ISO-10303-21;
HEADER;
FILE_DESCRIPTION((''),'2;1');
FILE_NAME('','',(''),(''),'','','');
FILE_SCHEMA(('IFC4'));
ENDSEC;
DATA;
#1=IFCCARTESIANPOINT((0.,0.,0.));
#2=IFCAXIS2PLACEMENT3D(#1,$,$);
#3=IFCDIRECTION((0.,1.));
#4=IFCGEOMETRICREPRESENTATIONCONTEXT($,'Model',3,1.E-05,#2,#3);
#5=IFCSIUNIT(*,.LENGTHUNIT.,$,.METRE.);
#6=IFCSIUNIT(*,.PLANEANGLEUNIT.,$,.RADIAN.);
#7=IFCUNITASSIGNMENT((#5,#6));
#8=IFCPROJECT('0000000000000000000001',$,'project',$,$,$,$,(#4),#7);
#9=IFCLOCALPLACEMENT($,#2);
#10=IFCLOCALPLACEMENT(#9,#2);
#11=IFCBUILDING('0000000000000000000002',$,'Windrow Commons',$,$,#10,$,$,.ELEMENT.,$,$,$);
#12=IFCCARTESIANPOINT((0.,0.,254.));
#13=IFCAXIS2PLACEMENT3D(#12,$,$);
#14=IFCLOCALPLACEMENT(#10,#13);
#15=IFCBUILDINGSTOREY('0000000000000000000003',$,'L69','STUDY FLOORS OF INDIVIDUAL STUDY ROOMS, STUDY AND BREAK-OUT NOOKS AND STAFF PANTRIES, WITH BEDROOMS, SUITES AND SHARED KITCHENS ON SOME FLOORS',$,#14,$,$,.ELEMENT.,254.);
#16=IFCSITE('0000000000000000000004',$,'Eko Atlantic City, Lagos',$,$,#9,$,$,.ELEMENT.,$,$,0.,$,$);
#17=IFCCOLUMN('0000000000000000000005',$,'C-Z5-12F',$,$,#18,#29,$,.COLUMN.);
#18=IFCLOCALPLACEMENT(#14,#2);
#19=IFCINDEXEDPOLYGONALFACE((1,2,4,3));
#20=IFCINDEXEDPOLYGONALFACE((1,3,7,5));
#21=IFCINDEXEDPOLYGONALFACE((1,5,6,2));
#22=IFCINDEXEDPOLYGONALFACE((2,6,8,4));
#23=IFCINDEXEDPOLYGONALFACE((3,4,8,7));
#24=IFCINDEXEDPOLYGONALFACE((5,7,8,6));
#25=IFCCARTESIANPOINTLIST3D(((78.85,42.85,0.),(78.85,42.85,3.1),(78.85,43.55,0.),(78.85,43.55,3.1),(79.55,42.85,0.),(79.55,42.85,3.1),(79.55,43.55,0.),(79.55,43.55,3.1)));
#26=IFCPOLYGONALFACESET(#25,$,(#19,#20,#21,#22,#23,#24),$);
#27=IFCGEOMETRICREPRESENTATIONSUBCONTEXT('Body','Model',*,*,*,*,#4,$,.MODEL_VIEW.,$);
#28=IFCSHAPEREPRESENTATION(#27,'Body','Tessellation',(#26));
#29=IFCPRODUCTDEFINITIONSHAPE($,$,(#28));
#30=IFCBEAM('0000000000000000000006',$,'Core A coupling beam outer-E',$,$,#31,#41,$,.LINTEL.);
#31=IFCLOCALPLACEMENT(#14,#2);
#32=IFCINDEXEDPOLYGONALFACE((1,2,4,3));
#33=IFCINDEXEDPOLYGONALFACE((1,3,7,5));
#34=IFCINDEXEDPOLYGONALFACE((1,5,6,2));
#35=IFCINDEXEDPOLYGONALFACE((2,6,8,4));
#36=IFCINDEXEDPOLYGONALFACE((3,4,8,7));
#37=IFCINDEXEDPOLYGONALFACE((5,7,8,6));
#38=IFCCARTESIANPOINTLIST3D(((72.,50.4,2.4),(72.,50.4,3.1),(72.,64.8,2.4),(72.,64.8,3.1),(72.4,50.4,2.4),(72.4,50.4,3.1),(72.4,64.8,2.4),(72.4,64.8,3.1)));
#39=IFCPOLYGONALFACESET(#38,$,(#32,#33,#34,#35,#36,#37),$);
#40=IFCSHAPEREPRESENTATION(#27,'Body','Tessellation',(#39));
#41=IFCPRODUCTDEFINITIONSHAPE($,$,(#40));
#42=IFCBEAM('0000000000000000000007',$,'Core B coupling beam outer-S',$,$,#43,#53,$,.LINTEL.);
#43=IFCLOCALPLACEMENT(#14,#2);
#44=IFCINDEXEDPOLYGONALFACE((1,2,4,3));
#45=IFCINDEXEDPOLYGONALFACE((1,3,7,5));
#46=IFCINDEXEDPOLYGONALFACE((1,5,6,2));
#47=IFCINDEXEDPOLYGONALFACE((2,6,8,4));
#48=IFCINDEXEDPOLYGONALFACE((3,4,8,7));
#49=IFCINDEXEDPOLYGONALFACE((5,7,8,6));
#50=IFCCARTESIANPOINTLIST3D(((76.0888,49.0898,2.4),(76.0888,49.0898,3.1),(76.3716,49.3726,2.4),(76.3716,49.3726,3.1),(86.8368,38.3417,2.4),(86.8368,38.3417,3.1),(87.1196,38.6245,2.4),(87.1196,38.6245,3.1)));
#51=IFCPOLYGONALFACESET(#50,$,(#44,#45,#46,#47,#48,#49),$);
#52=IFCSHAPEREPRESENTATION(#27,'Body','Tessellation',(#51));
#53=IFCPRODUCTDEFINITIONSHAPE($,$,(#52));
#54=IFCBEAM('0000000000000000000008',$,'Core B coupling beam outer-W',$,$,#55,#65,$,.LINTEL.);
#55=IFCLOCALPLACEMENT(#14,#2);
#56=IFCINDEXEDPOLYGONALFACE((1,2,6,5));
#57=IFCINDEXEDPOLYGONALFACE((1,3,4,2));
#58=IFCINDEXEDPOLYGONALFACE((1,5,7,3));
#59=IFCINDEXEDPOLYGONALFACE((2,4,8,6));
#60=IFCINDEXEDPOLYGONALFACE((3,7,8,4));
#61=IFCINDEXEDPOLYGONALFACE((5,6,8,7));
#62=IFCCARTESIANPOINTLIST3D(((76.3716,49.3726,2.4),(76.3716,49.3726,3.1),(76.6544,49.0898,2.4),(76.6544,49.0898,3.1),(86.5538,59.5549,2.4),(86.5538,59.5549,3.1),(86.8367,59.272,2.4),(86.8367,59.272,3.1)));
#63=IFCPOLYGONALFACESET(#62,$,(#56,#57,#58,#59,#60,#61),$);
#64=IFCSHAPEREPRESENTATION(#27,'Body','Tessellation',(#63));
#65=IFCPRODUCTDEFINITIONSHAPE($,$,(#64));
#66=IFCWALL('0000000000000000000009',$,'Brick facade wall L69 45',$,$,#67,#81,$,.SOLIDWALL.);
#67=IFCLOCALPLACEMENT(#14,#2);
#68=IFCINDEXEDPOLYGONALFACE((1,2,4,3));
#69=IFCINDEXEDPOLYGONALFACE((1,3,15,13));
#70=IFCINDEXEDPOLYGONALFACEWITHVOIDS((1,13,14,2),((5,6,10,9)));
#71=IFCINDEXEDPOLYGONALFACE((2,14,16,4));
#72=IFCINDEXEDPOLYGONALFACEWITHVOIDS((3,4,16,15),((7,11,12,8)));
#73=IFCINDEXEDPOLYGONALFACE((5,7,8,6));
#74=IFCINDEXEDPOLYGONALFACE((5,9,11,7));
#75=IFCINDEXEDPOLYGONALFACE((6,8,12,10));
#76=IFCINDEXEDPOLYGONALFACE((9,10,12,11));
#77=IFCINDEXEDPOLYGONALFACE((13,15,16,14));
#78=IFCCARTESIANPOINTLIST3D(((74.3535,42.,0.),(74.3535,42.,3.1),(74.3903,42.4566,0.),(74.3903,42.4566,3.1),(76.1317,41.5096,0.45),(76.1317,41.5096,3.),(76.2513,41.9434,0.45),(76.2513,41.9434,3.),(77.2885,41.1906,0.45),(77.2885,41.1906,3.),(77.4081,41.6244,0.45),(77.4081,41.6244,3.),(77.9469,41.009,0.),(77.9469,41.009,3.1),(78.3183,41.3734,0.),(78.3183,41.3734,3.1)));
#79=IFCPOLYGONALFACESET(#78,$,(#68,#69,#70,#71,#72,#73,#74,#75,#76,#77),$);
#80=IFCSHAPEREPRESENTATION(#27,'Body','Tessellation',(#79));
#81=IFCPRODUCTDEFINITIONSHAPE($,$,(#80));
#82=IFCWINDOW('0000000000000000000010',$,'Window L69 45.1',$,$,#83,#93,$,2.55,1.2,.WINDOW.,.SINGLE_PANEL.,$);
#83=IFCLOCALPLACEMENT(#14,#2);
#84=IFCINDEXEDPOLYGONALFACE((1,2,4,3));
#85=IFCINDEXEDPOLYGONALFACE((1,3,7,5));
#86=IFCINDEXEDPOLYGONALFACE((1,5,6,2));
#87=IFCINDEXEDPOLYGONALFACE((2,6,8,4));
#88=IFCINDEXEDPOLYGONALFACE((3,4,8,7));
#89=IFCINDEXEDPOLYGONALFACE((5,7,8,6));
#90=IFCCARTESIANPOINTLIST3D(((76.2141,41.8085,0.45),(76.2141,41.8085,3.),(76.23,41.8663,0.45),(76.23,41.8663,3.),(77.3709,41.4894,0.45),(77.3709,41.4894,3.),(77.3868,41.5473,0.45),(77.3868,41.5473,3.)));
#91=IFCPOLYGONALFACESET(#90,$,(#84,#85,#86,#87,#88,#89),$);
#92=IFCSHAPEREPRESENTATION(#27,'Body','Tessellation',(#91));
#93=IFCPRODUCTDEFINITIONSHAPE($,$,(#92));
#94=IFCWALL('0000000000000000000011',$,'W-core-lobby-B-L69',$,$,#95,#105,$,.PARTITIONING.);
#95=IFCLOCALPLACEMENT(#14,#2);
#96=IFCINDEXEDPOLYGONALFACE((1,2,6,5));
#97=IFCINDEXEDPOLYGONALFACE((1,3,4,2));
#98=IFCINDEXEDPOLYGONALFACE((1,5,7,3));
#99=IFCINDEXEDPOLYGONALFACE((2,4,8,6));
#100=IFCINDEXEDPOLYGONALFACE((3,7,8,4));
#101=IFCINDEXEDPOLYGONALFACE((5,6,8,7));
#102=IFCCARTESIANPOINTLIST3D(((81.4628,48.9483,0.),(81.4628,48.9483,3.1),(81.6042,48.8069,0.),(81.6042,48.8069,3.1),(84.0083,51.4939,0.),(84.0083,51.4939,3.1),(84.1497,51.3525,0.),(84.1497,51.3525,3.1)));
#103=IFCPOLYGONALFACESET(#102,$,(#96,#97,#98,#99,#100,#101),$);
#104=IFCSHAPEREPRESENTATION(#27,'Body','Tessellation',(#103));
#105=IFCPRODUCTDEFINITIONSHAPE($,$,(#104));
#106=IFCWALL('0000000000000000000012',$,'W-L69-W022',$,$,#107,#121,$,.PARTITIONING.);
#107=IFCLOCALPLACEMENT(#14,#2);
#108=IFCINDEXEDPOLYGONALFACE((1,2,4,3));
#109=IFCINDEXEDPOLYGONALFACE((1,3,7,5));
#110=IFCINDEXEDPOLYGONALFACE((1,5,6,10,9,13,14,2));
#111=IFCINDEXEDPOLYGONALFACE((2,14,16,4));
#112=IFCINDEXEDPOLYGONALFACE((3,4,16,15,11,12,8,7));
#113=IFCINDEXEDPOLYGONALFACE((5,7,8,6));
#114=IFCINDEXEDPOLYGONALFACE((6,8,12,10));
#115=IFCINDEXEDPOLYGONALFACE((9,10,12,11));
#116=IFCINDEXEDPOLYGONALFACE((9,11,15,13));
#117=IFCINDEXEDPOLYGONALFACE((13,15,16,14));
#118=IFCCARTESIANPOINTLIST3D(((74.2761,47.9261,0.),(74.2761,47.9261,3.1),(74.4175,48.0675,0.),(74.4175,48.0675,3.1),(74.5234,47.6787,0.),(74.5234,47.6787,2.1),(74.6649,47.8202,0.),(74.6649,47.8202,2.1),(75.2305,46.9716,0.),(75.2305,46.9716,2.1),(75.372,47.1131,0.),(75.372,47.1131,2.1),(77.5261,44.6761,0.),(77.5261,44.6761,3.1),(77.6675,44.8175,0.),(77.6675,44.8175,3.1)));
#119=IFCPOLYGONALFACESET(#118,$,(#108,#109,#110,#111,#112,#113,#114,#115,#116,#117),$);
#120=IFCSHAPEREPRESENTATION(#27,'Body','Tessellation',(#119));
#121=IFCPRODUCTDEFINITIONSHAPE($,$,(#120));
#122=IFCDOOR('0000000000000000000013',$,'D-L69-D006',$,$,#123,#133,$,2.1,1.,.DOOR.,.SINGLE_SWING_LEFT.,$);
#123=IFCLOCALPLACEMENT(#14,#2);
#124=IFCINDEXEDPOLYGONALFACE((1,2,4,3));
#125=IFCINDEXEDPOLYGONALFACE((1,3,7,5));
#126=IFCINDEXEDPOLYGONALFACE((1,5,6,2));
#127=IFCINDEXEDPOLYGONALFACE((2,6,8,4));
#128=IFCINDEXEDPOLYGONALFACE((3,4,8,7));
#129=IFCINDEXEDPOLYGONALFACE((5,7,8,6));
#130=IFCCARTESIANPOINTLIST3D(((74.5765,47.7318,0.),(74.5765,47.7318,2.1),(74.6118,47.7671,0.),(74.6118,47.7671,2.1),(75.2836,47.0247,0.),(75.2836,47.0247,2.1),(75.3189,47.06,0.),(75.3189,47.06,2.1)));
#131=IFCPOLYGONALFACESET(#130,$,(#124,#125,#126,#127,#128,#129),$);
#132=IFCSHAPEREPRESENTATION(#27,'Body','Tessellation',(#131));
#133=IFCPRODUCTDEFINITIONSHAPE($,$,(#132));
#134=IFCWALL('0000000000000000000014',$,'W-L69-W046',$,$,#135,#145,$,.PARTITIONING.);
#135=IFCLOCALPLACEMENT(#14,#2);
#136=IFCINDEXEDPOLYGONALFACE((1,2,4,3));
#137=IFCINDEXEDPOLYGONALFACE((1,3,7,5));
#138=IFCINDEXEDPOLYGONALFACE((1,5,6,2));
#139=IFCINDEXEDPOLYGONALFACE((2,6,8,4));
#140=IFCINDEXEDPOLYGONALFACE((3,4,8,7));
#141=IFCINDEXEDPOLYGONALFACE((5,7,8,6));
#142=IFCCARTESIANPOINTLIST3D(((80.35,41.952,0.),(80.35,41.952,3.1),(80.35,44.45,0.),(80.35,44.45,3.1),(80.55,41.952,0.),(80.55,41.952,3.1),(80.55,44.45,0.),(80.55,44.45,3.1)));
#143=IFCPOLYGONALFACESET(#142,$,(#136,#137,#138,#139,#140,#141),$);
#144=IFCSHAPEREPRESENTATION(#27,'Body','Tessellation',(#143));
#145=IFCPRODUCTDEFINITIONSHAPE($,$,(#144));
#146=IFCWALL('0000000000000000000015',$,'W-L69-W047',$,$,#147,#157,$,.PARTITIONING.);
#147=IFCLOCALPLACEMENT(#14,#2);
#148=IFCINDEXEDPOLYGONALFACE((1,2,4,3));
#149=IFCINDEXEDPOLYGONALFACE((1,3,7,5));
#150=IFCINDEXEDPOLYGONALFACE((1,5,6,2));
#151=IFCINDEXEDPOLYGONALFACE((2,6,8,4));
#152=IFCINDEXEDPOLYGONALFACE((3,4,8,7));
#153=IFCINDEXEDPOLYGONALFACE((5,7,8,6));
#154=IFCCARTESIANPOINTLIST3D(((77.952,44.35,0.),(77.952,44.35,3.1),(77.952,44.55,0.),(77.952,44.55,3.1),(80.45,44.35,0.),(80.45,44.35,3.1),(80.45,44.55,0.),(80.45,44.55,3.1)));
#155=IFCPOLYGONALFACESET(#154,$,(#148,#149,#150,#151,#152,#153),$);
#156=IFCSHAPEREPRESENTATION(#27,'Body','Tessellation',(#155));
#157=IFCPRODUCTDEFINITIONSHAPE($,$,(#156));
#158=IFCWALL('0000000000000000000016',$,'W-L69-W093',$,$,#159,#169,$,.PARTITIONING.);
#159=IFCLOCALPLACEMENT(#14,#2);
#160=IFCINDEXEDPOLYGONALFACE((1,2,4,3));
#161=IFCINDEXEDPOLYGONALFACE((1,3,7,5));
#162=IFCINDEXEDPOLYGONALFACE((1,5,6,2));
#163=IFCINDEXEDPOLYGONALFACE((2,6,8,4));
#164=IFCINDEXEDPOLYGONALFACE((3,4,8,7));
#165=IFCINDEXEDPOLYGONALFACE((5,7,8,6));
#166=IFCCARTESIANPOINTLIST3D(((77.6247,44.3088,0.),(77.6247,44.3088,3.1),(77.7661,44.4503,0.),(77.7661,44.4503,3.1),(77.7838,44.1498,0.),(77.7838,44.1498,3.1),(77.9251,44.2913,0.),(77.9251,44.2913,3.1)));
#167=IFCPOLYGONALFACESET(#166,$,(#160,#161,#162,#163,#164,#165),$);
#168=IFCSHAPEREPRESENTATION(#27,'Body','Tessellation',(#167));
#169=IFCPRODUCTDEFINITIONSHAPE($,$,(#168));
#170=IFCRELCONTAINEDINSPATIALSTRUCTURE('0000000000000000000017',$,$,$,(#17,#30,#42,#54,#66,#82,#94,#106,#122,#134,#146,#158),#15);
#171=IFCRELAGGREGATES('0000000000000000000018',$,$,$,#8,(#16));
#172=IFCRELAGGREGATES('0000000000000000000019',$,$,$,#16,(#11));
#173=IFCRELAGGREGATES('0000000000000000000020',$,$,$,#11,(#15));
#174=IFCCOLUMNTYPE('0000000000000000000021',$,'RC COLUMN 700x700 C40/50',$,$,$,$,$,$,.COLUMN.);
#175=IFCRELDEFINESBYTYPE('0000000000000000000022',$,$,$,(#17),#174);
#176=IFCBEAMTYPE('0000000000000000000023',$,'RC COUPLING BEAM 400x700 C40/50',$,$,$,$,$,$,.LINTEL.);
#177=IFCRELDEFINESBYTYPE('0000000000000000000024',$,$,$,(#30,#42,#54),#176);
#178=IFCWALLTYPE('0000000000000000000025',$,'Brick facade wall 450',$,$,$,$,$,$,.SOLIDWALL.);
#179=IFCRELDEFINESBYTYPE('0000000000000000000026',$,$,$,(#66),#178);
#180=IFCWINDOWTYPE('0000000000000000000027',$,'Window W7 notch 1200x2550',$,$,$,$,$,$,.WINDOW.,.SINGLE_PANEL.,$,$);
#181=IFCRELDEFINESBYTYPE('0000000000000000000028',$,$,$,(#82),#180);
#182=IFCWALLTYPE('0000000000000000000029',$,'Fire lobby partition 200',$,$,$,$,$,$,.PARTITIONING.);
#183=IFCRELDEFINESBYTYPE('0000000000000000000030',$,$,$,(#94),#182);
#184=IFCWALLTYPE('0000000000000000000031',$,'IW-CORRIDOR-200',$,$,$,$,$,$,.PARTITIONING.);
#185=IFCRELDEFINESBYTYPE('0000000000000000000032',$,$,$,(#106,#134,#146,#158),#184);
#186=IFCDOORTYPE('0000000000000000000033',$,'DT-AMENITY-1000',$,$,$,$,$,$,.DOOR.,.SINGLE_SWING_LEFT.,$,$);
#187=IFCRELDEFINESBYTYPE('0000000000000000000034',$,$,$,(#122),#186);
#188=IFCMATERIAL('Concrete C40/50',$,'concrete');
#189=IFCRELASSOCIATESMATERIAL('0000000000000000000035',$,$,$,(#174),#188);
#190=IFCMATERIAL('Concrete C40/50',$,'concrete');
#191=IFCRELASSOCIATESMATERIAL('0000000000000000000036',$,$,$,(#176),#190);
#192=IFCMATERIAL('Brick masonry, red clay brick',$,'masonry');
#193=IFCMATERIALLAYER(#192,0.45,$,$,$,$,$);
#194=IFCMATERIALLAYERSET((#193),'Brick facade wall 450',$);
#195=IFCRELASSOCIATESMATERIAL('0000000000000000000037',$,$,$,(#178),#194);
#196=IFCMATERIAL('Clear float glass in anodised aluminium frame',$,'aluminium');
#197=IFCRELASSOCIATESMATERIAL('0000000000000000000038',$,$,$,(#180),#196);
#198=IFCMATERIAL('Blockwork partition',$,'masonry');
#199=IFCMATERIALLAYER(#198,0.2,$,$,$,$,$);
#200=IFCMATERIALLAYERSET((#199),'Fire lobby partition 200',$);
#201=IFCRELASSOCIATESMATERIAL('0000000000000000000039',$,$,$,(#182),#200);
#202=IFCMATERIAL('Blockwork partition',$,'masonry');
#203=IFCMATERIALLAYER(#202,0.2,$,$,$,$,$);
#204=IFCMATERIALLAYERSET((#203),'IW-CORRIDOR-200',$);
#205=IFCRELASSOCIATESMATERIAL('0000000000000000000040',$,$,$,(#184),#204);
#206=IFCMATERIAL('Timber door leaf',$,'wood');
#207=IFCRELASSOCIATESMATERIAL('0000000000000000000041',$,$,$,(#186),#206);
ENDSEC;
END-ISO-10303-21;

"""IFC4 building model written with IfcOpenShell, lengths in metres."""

from ifc_helpers import new_model, si_unit, direction, frame, frame_2d, origin, origin_2d, place, context, subcontext, project, spatial, polyline, rectangle, outline, extrude, material, layer, layer_set, material_profile, profile_set, type_object, element, fill, save


model = new_model("IFC4")

# Units and contexts
model_context = context("Model", 3, precision=1e-05, world=origin(), true_north=direction((0.0, 1.0)))
body_context = subcontext(model_context, "Body", "Model", "MODEL_VIEW")
ifc_project = project(units=[si_unit("LENGTHUNIT", "METRE"), si_unit("PLANEANGLEUNIT", "RADIAN")], contexts=[model_context])

# Site, building, storey
site_placement = place(None, origin())
site = spatial("IfcSite", under=ifc_project, at=site_placement, Name="Eko Atlantic City, Lagos", CompositionType="ELEMENT", RefElevation=0.0)
building_placement = place(site_placement, origin())
building = spatial("IfcBuilding", under=site, at=building_placement, Name="Windrow Commons", CompositionType="ELEMENT")
storey_placement = place(building_placement, frame((0.0, 0.0, 254.0)))
storey = spatial("IfcBuildingStorey", under=building, at=storey_placement, Name="L69", Description="STUDY FLOORS OF INDIVIDUAL STUDY ROOMS, STUDY AND BREAK-OUT NOOKS AND STAFF PANTRIES, WITH BEDROOMS, SUITES AND SHARED KITCHENS ON SOME FLOORS", CompositionType="ELEMENT", Elevation=254.0)

# Column
ifc_material_1 = material(Name="Concrete C40/50", Category="concrete")
ifc_material_profile_1 = material_profile(ifc_material_1, rectangle(XDim=0.7, YDim=0.7, at=origin_2d()))
ifc_profile_set_1 = profile_set([ifc_material_profile_1], Name="Concrete C40/50")
column_type = type_object("IfcColumnType", Name="RC COLUMN 700x700 C40/50", PredefinedType="COLUMN", material=ifc_profile_set_1)
column_placement = place(storey_placement, frame((79.2, 43.2, 0.0), z_axis=(0.0, 0.0, 1.0), x_axis=(1.0, 0.0, 0.0)))
element("IfcColumn", 1, at=column_placement, inside=storey, type_object=column_type, Name="C-Z5-12F", PredefinedType="COLUMN", context=body_context, shape_type="SweptSolid", body=[
    extrude(rectangle(XDim=0.7, YDim=0.7, at=origin_2d()), origin(), (0.0, 0.0, 1.0), 3.1),
])

# Beams
ifc_material_2 = material(Name="Concrete C40/50", Category="concrete")
ifc_material_profile_2 = material_profile(ifc_material_2, rectangle(XDim=0.4, YDim=0.7, at=origin_2d()))
ifc_profile_set_2 = profile_set([ifc_material_profile_2], Name="Concrete C40/50")
beam_type = type_object("IfcBeamType", Name="RC COUPLING BEAM 400x700 C40/50", PredefinedType="LINTEL", material=ifc_profile_set_2)
beam_1_placement = place(storey_placement, frame((72.2, 50.4, 2.75), z_axis=(0.0, 1.0, 0.0), x_axis=(-1.0, 0.0, 0.0)))
element("IfcBeam", 2, at=beam_1_placement, inside=storey, type_object=beam_type, Name="Core A coupling beam outer-E", PredefinedType="LINTEL", context=body_context, shape_type="SweptSolid", body=[
    extrude(rectangle(XDim=0.4, YDim=0.7, at=origin_2d()), origin(), (0.0, 0.0, 1.0), 14.4),
])
beam_2_placement = place(storey_placement, frame((76.2302, 49.2312, 2.75), z_axis=(0.707103, -0.70711, 0.0), x_axis=(0.70711, 0.707103, 0.0)))
element("IfcBeam", 3, at=beam_2_placement, inside=storey, type_object=beam_type, Name="Core B coupling beam outer-S", PredefinedType="LINTEL", context=body_context, shape_type="SweptSolid", body=[
    extrude(rectangle(XDim=0.4, YDim=0.7, at=origin_2d()), origin(), (0.0, 0.0, 1.0), 15.2),
])
beam_3_placement = place(storey_placement, frame((76.513, 49.2312, 2.75), z_axis=(0.707107, 0.707107, 0.0), x_axis=(-0.707107, 0.707107, 0.0)))
element("IfcBeam", 4, at=beam_3_placement, inside=storey, type_object=beam_type, Name="Core B coupling beam outer-W", PredefinedType="LINTEL", context=body_context, shape_type="SweptSolid", body=[
    extrude(rectangle(XDim=0.4, YDim=0.7, at=origin_2d()), origin(), (0.0, 0.0, 1.0), 14.3999),
])

# Wall, opening, window
ifc_material_3 = material(Name="Brick masonry, red clay brick", Category="masonry")
ifc_layer_1 = layer(ifc_material_3, 0.45)
ifc_layer_set_1 = layer_set([ifc_layer_1], Name="Brick facade wall 450")
wall_type_1 = type_object("IfcWallType", Name="Brick facade wall 450", PredefinedType="SOLIDWALL", material=ifc_layer_set_1)
wall_1_placement = place(storey_placement, frame((74.3719, 42.2283, 0.0), z_axis=(0.0, 0.0, 1.0), x_axis=(0.964015, -0.265849, 0.0)))
wall_1 = element("IfcWall", 5, at=wall_1_placement, inside=storey, type_object=wall_type_1, Name="Brick facade wall L69 45", PredefinedType="SOLIDWALL", context=body_context, shape_type="SweptSolid", body=[
    extrude(outline(polyline([(0.043, -0.225), (3.7705, -0.225), (4.0317, 0.225), (-0.043, 0.225), (0.043, -0.225)])), origin(), (0.0, 0.0, 1.0), 3.1),
])
opening_1_placement = place(wall_1_placement, frame((1.8875, 0.0, 0.45)))
opening_1 = element("IfcOpeningElement", 6, at=opening_1_placement, cuts=wall_1, PredefinedType="OPENING", context=body_context, shape_type="SweptSolid", body=[
    extrude(rectangle(XDim=1.2, YDim=2.55, at=frame_2d((0.6, 1.275))), frame((0.0, 0.235, 0.0), z_axis=(0.0, -1.0, 0.0), x_axis=(1.0, 0.0, 0.0)), (0.0, 0.0, 1.0), 0.47),
])
ifc_material_4 = material(Name="Clear float glass in anodised aluminium frame", Category="aluminium")
window_type = type_object("IfcWindowType", Name="Window W7 notch 1200x2550", PartitioningType="SINGLE_PANEL", PredefinedType="WINDOW", material=ifc_material_4)
window_placement = place(opening_1_placement, origin())
window = element("IfcWindow", 7, at=window_placement, inside=storey, type_object=window_type, Name="Window L69 45.1", OverallHeight=2.55, OverallWidth=1.2, PartitioningType="SINGLE_PANEL", PredefinedType="WINDOW", context=body_context, shape_type="SweptSolid", body=[
    extrude(rectangle(XDim=1.2, YDim=2.55, at=frame_2d((0.6, 1.275))), frame((0.0, 0.145, 0.0), z_axis=(0.0, -1.0, 0.0), x_axis=(1.0, 0.0, 0.0)), (0.0, 0.0, 1.0), 0.06),
])
fill(opening_1, window)

# Wall
ifc_material_5 = material(Name="Blockwork partition", Category="masonry")
ifc_layer_2 = layer(ifc_material_5, 0.2)
ifc_layer_set_2 = layer_set([ifc_layer_2], Name="Fire lobby partition 200")
wall_type_2 = type_object("IfcWallType", Name="Fire lobby partition 200", PredefinedType="PARTITIONING", material=ifc_layer_set_2)
wall_2_placement = place(storey_placement, frame((81.5335, 48.8776, 0.0), z_axis=(0.0, 0.0, 1.0), x_axis=(0.707093, 0.707121, 0.0)))
element("IfcWall", 8, at=wall_2_placement, inside=storey, type_object=wall_type_2, Name="W-core-lobby-B-L69", PredefinedType="PARTITIONING", context=body_context, shape_type="SweptSolid", body=[
    extrude(rectangle(XDim=3.6, YDim=0.2, at=frame_2d((1.8, 0.0))), origin(), (0.0, 0.0, 1.0), 3.1),
])

# Wall, opening, door
ifc_material_6 = material(Name="Blockwork partition", Category="masonry")
ifc_layer_3 = layer(ifc_material_6, 0.2)
ifc_layer_set_3 = layer_set([ifc_layer_3], Name="IW-CORRIDOR-200")
wall_type_3 = type_object("IfcWallType", Name="IW-CORRIDOR-200", PredefinedType="PARTITIONING", material=ifc_layer_set_3)
wall_3_placement = place(storey_placement, frame((74.3468, 47.9968, 0.0), z_axis=(0.0, 0.0, 1.0), x_axis=(0.707107, -0.707107, 0.0)))
wall_3 = element("IfcWall", 9, at=wall_3_placement, inside=storey, type_object=wall_type_3, Name="W-L69-W022", PredefinedType="PARTITIONING", context=body_context, shape_type="SweptSolid", body=[
    extrude(rectangle(XDim=4.5962, YDim=0.2, at=frame_2d((2.2981, 0.0))), origin(), (0.0, 0.0, 1.0), 3.1),
])
opening_2_placement = place(wall_3_placement, frame((0.3498, 0.0, 0.0)))
opening_2 = element("IfcOpeningElement", 10, at=opening_2_placement, cuts=wall_3, PredefinedType="OPENING", context=body_context, shape_type="SweptSolid", body=[
    extrude(rectangle(XDim=1.0, YDim=2.1, at=frame_2d((0.5, 1.05))), frame((0.0, 0.11, 0.0), z_axis=(0.0, -1.0, 0.0), x_axis=(1.0, 0.0, 0.0)), (0.0, 0.0, 1.0), 0.22),
])
ifc_material_7 = material(Name="Timber door leaf", Category="wood")
door_type_1 = type_object("IfcDoorType", Name="DT-AMENITY-1000", OperationType="SINGLE_SWING_LEFT", PredefinedType="DOOR", material=ifc_material_7)
door_1_placement = place(opening_2_placement, origin())
door_1 = element("IfcDoor", 11, at=door_1_placement, inside=storey, type_object=door_type_1, Name="D-L69-D006", OperationType="SINGLE_SWING_LEFT", OverallHeight=2.1, OverallWidth=1.0, PredefinedType="DOOR", context=body_context, shape_type="SweptSolid", body=[
    extrude(rectangle(XDim=1.0, YDim=2.1, at=frame_2d((0.5, 1.05))), frame((0.0, 0.025, 0.0), z_axis=(0.0, -1.0, 0.0), x_axis=(1.0, 0.0, 0.0)), (0.0, 0.0, 1.0), 0.05),
])
fill(opening_2, door_1)

# Walls
for number, where, z_axis, x_axis, name in (
    (12, (80.45, 41.952, 0.0), (0.0, 0.0, 1.0), (0.0, 1.0, 0.0), "W-L69-W046"),
    (13, (77.952, 44.45, 0.0), (0.0, 0.0, 1.0), (1.0, 0.0, 0.0), "W-L69-W047"),
):
    element("IfcWall", number, at=place(storey_placement, frame(where, z_axis=z_axis, x_axis=x_axis)), inside=storey, type_object=wall_type_3, Name=name, PredefinedType="PARTITIONING", context=body_context, shape_type="SweptSolid", body=[
        extrude(rectangle(XDim=2.498, YDim=0.2, at=frame_2d((1.249, 0.0))), origin(), (0.0, 0.0, 1.0), 3.1),
    ])
wall_4_placement = place(storey_placement, frame((77.6954, 44.3795, 0.0), z_axis=(0.0, 0.0, 1.0), x_axis=(0.707329, -0.706884, 0.0)))
element("IfcWall", 14, at=wall_4_placement, inside=storey, type_object=wall_type_3, Name="W-L69-W093", PredefinedType="PARTITIONING", context=body_context, shape_type="SweptSolid", body=[
    extrude(rectangle(XDim=0.2249, YDim=0.2, at=frame_2d((0.1124, 0.0))), origin(), (0.0, 0.0, 1.0), 3.1),
])

save(model, "model.ifc")
